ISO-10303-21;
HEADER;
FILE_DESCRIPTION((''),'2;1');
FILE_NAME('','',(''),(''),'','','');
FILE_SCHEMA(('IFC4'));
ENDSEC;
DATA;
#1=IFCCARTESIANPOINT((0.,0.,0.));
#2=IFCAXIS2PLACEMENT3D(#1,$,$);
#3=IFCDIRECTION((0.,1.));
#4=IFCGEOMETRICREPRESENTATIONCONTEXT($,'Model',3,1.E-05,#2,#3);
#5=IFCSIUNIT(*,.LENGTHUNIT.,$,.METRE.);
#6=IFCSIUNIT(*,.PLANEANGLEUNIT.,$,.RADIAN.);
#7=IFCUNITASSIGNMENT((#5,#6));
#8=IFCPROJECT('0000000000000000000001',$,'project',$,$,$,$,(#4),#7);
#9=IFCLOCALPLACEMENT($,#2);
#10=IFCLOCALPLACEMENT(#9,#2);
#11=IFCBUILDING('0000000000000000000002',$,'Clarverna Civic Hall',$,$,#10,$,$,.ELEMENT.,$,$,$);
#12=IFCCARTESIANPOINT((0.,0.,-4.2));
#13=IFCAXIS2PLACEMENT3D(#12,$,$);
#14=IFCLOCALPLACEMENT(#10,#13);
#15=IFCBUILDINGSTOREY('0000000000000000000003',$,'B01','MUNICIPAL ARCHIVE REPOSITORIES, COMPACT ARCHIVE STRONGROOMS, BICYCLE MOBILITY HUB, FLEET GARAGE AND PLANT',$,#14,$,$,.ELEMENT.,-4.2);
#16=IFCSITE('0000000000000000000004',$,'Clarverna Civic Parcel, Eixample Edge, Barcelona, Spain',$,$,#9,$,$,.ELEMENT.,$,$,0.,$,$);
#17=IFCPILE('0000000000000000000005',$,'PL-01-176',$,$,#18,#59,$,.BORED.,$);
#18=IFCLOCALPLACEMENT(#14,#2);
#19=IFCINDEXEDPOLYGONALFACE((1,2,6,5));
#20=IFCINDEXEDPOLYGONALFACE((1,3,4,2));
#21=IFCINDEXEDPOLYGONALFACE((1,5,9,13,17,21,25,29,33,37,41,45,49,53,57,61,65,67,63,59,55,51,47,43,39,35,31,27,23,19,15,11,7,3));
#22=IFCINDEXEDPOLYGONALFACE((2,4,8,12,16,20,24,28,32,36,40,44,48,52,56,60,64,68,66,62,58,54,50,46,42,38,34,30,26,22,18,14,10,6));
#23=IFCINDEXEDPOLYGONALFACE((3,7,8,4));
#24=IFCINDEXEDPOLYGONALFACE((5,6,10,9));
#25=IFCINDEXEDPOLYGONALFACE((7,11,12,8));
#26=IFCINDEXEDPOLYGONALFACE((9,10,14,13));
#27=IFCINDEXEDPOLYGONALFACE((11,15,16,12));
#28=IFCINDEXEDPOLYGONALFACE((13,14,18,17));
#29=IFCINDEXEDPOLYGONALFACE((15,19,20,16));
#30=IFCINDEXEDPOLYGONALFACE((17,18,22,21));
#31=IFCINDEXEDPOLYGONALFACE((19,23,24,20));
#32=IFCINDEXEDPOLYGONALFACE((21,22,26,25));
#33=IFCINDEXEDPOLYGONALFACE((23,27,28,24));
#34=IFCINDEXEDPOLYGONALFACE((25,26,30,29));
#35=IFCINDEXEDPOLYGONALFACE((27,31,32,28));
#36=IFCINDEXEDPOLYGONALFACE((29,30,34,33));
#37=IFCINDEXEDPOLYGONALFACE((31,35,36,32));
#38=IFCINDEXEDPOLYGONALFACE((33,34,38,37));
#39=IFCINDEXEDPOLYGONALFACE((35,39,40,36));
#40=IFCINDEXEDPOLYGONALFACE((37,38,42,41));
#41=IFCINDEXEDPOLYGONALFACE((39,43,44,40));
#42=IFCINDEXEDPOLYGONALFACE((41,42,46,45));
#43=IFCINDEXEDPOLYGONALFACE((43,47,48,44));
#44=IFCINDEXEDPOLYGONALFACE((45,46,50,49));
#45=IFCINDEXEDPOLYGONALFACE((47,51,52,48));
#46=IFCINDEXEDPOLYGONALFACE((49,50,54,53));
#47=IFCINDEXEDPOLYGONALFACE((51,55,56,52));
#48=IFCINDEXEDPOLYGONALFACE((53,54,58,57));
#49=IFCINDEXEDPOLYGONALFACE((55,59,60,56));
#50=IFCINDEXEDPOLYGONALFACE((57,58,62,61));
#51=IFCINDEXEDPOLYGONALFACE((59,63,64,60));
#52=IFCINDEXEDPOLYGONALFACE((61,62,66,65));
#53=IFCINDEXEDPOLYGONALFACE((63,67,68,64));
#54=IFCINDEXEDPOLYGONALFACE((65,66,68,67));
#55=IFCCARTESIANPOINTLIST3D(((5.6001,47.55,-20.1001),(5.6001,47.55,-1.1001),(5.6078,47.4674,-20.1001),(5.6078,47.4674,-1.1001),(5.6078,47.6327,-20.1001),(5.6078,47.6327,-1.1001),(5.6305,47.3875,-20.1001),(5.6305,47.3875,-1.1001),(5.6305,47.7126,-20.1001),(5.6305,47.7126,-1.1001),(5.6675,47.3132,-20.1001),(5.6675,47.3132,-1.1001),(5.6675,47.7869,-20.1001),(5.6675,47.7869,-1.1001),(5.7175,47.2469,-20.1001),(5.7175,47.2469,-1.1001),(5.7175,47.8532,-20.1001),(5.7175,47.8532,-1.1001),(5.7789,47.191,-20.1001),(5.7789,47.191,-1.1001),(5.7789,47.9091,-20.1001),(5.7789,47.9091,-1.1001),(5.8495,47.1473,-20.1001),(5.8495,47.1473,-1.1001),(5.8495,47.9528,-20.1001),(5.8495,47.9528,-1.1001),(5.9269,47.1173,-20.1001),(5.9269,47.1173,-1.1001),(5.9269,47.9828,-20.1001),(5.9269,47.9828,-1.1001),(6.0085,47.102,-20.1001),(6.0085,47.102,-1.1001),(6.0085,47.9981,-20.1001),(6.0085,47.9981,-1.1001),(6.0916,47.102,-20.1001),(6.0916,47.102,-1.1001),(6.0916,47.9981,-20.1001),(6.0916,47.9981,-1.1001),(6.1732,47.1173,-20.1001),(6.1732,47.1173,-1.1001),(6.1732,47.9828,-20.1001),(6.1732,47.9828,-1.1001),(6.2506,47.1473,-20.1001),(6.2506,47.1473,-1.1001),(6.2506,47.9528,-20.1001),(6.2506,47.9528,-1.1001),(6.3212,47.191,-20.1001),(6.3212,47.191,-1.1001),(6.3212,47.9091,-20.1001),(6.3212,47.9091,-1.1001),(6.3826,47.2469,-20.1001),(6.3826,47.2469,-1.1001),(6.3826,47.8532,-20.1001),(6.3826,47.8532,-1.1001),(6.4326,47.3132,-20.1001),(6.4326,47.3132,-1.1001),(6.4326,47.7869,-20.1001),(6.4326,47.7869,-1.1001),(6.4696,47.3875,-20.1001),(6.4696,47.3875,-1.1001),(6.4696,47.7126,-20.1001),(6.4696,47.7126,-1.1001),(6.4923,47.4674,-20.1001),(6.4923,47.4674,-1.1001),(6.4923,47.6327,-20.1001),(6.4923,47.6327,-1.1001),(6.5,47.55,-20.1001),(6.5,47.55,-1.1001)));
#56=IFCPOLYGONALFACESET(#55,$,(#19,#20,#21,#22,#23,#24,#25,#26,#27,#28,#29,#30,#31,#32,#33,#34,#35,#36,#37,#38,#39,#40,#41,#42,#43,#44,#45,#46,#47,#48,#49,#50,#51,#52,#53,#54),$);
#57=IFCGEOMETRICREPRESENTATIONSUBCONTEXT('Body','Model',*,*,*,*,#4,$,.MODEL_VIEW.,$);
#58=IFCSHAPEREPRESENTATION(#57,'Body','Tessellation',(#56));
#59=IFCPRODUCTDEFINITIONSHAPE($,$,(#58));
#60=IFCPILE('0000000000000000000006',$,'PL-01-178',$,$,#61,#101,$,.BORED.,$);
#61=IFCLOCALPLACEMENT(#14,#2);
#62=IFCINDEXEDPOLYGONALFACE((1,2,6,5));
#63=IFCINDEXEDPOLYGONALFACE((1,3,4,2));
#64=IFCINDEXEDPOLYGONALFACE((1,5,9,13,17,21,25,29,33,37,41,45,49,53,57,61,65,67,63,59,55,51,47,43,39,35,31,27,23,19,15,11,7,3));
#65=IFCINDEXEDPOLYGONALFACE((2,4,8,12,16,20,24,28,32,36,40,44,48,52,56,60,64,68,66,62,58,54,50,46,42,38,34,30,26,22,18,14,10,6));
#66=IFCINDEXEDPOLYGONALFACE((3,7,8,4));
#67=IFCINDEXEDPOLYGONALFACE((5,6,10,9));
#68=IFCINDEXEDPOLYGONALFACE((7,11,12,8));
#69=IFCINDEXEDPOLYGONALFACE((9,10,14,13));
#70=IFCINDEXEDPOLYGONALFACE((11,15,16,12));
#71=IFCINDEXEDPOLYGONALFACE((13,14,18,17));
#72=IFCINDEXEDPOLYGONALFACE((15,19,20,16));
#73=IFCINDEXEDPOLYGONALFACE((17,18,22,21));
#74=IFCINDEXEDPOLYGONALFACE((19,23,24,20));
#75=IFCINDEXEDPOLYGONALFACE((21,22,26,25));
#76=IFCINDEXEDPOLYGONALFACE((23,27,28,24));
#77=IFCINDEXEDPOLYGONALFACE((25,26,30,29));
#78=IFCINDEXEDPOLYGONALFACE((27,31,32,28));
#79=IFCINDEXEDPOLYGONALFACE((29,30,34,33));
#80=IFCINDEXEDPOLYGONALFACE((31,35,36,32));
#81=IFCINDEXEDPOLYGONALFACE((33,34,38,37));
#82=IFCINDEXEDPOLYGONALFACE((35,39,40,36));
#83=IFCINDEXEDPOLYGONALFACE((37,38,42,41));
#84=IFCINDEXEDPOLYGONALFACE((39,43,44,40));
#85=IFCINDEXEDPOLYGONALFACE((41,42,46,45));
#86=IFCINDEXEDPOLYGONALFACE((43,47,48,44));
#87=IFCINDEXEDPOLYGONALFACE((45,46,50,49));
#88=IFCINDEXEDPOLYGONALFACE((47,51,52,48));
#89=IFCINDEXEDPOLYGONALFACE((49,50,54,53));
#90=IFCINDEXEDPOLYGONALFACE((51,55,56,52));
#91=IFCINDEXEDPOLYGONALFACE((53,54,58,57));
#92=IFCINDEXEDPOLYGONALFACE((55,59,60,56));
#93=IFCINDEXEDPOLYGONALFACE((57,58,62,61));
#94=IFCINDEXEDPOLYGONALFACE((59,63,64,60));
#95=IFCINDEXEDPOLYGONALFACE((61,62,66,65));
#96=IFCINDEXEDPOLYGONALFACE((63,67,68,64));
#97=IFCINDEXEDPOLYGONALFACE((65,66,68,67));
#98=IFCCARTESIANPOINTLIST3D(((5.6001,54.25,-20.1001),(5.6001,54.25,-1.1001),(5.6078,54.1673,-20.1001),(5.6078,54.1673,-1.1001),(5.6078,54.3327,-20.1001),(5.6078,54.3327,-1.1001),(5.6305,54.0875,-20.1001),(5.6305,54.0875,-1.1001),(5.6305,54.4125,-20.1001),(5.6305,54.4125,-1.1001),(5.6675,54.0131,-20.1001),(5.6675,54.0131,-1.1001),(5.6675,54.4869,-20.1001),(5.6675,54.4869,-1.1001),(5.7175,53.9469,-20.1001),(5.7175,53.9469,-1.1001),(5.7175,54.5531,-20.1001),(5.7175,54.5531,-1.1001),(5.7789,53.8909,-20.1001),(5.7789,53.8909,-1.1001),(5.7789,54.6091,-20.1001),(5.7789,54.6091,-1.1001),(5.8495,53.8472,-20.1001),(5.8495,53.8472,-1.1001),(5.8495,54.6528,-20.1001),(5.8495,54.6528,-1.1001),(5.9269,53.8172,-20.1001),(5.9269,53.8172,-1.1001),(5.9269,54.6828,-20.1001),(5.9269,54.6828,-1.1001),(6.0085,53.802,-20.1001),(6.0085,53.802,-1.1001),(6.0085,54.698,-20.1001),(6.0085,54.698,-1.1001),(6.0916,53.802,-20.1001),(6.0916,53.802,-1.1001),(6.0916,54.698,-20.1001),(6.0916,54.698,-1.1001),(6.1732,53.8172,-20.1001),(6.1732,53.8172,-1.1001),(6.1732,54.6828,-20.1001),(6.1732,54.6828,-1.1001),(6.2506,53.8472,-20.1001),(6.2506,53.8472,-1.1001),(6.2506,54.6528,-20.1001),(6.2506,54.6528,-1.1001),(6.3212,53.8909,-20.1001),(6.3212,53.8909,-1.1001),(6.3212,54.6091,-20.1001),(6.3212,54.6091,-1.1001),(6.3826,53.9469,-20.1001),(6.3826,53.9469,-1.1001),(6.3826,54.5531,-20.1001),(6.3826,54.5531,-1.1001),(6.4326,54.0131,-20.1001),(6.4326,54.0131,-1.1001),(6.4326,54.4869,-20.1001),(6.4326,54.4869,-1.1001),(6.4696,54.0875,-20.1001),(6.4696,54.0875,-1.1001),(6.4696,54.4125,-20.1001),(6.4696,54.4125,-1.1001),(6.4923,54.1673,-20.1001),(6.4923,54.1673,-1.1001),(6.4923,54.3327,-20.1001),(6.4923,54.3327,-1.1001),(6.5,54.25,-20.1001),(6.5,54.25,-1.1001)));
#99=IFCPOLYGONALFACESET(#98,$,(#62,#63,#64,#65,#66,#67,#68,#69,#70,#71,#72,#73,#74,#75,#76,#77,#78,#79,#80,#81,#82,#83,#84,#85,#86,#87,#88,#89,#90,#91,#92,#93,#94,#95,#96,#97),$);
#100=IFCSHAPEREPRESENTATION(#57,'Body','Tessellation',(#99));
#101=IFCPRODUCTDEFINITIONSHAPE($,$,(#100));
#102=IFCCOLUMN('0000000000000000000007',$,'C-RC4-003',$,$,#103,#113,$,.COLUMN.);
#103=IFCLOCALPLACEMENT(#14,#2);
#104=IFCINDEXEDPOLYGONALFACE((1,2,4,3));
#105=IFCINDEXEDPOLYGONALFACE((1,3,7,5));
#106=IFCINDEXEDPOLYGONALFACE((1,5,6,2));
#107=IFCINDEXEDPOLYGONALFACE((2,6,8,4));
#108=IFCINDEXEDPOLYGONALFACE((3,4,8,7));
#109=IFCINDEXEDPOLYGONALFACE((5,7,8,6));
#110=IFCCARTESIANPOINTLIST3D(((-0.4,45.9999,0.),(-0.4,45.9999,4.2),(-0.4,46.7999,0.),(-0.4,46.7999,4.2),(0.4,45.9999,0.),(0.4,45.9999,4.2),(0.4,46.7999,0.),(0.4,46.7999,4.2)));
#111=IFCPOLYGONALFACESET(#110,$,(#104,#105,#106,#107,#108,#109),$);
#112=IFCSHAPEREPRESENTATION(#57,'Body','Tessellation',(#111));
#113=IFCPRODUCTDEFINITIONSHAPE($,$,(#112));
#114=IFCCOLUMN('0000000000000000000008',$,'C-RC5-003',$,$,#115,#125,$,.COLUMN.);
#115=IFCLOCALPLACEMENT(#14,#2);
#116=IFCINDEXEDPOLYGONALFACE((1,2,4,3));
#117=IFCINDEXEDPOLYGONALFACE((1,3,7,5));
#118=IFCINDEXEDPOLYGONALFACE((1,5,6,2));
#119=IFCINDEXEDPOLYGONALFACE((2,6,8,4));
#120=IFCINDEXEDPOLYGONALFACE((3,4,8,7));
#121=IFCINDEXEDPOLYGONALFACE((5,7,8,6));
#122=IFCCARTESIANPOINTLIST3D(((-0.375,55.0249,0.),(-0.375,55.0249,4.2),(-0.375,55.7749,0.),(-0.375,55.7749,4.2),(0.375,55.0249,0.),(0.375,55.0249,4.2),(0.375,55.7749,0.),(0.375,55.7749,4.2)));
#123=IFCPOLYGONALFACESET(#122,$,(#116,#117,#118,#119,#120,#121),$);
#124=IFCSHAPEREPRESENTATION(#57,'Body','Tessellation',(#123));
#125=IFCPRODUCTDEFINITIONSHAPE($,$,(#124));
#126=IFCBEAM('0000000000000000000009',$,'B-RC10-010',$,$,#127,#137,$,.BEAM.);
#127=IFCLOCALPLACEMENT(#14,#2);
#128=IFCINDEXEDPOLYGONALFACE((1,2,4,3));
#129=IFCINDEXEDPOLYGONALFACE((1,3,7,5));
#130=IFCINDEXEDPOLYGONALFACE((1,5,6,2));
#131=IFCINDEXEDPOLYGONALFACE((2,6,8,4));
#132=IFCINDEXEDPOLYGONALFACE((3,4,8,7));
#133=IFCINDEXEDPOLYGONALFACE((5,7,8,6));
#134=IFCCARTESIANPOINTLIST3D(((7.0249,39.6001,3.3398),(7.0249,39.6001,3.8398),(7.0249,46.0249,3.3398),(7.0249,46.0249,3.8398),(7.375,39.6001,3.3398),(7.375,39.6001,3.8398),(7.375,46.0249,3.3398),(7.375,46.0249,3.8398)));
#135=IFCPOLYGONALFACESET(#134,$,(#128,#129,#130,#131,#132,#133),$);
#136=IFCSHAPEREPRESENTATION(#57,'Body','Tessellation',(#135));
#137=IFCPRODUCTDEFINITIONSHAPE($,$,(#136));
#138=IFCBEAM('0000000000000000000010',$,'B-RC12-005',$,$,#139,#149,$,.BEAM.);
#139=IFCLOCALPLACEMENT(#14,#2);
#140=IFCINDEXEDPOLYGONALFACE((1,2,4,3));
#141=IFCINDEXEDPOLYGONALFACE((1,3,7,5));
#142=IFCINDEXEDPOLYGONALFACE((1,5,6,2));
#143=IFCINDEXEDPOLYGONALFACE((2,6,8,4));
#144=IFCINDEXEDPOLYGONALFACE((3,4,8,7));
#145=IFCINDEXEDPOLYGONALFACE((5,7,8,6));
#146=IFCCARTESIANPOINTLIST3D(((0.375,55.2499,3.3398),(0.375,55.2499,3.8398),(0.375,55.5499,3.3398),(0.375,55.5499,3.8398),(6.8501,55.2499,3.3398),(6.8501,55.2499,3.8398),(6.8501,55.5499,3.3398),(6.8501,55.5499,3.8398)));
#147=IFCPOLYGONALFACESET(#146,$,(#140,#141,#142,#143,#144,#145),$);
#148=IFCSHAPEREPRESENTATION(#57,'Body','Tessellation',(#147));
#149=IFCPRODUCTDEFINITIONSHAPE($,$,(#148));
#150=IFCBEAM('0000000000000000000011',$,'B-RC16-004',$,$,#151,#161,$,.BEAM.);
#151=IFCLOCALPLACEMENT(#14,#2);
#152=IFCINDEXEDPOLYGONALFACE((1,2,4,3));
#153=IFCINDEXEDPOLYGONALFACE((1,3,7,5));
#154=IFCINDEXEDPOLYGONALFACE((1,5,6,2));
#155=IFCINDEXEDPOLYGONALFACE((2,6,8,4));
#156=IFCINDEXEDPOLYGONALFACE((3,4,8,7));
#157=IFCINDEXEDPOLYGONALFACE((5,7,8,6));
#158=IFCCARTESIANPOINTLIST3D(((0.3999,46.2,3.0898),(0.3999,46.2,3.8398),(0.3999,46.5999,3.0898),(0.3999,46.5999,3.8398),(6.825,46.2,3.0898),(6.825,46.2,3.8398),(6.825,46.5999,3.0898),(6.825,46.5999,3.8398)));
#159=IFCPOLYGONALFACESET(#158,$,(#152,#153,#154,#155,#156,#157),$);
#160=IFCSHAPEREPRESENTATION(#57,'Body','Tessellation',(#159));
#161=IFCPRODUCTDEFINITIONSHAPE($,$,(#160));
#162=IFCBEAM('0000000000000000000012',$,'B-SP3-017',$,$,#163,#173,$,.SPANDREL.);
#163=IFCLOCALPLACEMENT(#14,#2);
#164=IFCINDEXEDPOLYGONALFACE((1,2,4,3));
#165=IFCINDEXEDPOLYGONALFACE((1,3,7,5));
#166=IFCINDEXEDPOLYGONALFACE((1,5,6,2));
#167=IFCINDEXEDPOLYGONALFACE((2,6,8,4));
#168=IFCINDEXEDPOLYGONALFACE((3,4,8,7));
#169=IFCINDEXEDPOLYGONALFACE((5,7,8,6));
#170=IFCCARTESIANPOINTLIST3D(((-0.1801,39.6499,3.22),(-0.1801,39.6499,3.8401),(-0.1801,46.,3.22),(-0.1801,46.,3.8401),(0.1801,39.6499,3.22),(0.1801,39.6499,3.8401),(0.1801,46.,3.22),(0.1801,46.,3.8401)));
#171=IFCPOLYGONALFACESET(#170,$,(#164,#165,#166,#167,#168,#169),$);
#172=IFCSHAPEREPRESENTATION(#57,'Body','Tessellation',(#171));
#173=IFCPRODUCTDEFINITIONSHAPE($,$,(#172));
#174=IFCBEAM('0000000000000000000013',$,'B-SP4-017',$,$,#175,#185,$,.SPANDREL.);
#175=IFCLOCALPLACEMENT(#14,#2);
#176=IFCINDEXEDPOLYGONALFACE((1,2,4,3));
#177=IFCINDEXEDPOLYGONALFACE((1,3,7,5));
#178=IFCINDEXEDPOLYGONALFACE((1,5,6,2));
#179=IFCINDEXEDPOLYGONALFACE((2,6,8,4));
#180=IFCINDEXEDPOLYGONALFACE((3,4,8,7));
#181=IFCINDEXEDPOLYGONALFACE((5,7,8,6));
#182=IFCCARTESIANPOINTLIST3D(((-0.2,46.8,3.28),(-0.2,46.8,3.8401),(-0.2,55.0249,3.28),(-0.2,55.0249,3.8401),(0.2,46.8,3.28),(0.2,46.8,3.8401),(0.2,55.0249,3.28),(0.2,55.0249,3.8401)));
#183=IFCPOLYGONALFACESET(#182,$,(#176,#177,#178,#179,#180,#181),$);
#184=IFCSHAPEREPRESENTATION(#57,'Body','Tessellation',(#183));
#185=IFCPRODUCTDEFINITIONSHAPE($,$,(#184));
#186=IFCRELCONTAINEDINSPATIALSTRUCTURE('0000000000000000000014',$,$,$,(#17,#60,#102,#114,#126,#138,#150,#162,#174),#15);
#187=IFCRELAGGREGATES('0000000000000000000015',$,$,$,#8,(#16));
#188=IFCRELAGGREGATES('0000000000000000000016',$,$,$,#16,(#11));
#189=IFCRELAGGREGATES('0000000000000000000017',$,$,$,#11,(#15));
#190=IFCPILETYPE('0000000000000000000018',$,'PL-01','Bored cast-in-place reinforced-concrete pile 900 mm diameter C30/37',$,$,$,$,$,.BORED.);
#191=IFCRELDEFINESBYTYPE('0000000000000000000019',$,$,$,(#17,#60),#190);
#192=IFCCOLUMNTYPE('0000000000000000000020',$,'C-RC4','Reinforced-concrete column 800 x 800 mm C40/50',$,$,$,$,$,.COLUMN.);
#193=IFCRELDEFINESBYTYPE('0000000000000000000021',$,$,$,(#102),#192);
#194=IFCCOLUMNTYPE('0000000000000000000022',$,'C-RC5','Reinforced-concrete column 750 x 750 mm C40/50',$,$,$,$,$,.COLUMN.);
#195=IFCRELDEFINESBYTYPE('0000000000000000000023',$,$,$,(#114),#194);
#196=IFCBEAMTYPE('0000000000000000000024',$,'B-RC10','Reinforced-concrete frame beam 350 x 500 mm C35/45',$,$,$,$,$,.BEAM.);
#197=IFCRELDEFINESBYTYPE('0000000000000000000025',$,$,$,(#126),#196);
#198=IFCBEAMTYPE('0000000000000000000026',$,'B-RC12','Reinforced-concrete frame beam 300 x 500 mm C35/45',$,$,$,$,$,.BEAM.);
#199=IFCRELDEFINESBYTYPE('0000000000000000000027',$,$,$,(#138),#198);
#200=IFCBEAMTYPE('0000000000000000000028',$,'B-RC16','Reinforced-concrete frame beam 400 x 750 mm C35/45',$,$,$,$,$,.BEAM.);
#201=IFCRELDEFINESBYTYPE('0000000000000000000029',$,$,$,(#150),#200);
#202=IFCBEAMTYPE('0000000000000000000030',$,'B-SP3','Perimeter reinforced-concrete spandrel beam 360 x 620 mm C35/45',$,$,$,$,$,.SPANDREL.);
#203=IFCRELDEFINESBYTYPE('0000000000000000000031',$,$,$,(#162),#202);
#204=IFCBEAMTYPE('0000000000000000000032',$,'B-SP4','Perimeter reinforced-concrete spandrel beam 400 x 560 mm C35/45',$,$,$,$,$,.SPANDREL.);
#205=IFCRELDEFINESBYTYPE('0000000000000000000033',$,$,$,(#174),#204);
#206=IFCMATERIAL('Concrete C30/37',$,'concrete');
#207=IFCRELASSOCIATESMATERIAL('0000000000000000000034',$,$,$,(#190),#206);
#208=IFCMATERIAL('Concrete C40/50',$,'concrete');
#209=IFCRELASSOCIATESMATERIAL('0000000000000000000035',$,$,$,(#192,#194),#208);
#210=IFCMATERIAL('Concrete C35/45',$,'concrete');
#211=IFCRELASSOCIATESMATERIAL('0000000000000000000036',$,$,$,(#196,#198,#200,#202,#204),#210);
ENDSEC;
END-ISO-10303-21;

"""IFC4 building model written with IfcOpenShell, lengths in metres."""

from ifc_helpers import new_model, si_unit, direction, frame, origin, origin_2d, place, context, subcontext, project, spatial, rectangle, circle, extrude, material, material_profile, profile_set, type_object, element, save


model = new_model("IFC4")

# Units and contexts
model_context = context("Model", 3, precision=1e-05, world=origin(), true_north=direction((0.0, 1.0)))
body_context = subcontext(model_context, "Body", "Model", "MODEL_VIEW")
ifc_project = project(units=[si_unit("LENGTHUNIT", "METRE"), si_unit("PLANEANGLEUNIT", "RADIAN")], contexts=[model_context])

# Site, building, storey
site_placement = place(None, origin())
site = spatial("IfcSite", under=ifc_project, at=site_placement, Name="Clarverna Civic Parcel, Eixample Edge, Barcelona, Spain", CompositionType="ELEMENT", RefElevation=0.0)
building_placement = place(site_placement, origin())
building = spatial("IfcBuilding", under=site, at=building_placement, Name="Clarverna Civic Hall", CompositionType="ELEMENT")
storey_placement = place(building_placement, frame((0.0, 0.0, -4.2)))
storey = spatial("IfcBuildingStorey", under=building, at=storey_placement, Name="B01", Description="MUNICIPAL ARCHIVE REPOSITORIES, COMPACT ARCHIVE STRONGROOMS, BICYCLE MOBILITY HUB, FLEET GARAGE AND PLANT", CompositionType="ELEMENT", Elevation=-4.2)

# Shared definitions
ifc_material_1 = material(Name="Concrete C30/37", Category="concrete")

# Piles
ifc_material_profile_1 = material_profile(ifc_material_1, circle(Radius=0.45, at=origin_2d()), Name="BORED PILE D900")
ifc_profile_set_1 = profile_set([ifc_material_profile_1], Name="Concrete C30/37")
pile_type = type_object("IfcPileType", Name="PL-01", Description="Bored cast-in-place reinforced-concrete pile 900 mm diameter C30/37", PredefinedType="BORED", material=ifc_profile_set_1)
for number, where, z_axis, x_axis, name in (
    (1, (6.05, 47.55, -1.1001), (0.0, 0.0, -1.0), (1.0, 0.0, 0.0), "PL-01-176"),
    (2, (6.05, 54.25, -1.1001), (0.0, 0.0, -1.0), (1.0, 0.0, 0.0), "PL-01-178"),
):
    element("IfcPile", number, at=place(storey_placement, frame(where, z_axis=z_axis, x_axis=x_axis)), inside=storey, type_object=pile_type, Name=name, PredefinedType="BORED", context=body_context, shape_type="SweptSolid", body=[
        extrude(circle(Radius=0.45, at=origin_2d()), origin(), (0.0, 0.0, 1.0), 19.0),
    ])

# Columns
ifc_material_2 = material(Name="Concrete C40/50", Category="concrete")
ifc_material_profile_2 = material_profile(ifc_material_2, rectangle(XDim=0.8, YDim=0.8, at=origin_2d()), Name="RC 800x800")
ifc_profile_set_2 = profile_set([ifc_material_profile_2], Name="Concrete C40/50")
column_type_1 = type_object("IfcColumnType", Name="C-RC4", Description="Reinforced-concrete column 800 x 800 mm C40/50", PredefinedType="COLUMN", material=ifc_profile_set_2)
column_1_placement = place(storey_placement, frame((0.0, 46.3999, 0.0), z_axis=(0.0, 0.0, 1.0), x_axis=(1.0, 0.0, 0.0)))
element("IfcColumn", 3, at=column_1_placement, inside=storey, type_object=column_type_1, Name="C-RC4-003", PredefinedType="COLUMN", context=body_context, shape_type="SweptSolid", body=[
    extrude(rectangle(XDim=0.8, YDim=0.8, at=origin_2d()), origin(), (0.0, 0.0, 1.0), 4.2),
])
ifc_material_profile_3 = material_profile(ifc_material_2, rectangle(XDim=0.75, YDim=0.75, at=origin_2d()), Name="RC 750x750")
ifc_profile_set_3 = profile_set([ifc_material_profile_3], Name="Concrete C40/50")
column_type_2 = type_object("IfcColumnType", Name="C-RC5", Description="Reinforced-concrete column 750 x 750 mm C40/50", PredefinedType="COLUMN", material=ifc_profile_set_3)
column_2_placement = place(storey_placement, frame((0.0, 55.3999, 0.0), z_axis=(0.0, 0.0, 1.0), x_axis=(1.0, 0.0, 0.0)))
element("IfcColumn", 4, at=column_2_placement, inside=storey, type_object=column_type_2, Name="C-RC5-003", PredefinedType="COLUMN", context=body_context, shape_type="SweptSolid", body=[
    extrude(rectangle(XDim=0.75, YDim=0.75, at=origin_2d()), origin(), (0.0, 0.0, 1.0), 4.2),
])

# Beams
ifc_material_3 = material(Name="Concrete C35/45", Category="concrete")
ifc_material_profile_4 = material_profile(ifc_material_3, rectangle(XDim=0.3501, YDim=0.5, at=origin_2d()), Name="RC 350x500")
ifc_profile_set_4 = profile_set([ifc_material_profile_4], Name="Concrete C35/45")
beam_type_1 = type_object("IfcBeamType", Name="B-RC10", Description="Reinforced-concrete frame beam 350 x 500 mm C35/45", PredefinedType="BEAM", material=ifc_profile_set_4)
beam_1_placement = place(storey_placement, frame((7.2, 39.6001, 3.5898), z_axis=(0.0, 1.0, 0.0), x_axis=(-1.0, 0.0, 0.0)))
element("IfcBeam", 5, at=beam_1_placement, inside=storey, type_object=beam_type_1, Name="B-RC10-010", PredefinedType="BEAM", context=body_context, shape_type="SweptSolid", body=[
    extrude(rectangle(XDim=0.3501, YDim=0.5, at=origin_2d()), origin(), (0.0, 0.0, 1.0), 6.4248),
])
ifc_material_profile_5 = material_profile(ifc_material_3, rectangle(XDim=0.3, YDim=0.5, at=origin_2d()), Name="RC 300x500")
ifc_profile_set_5 = profile_set([ifc_material_profile_5], Name="Concrete C35/45")
beam_type_2 = type_object("IfcBeamType", Name="B-RC12", Description="Reinforced-concrete frame beam 300 x 500 mm C35/45", PredefinedType="BEAM", material=ifc_profile_set_5)
beam_2_placement = place(storey_placement, frame((0.375, 55.3999, 3.5898), z_axis=(1.0, 0.0, 0.0), x_axis=(0.0, 1.0, 0.0)))
element("IfcBeam", 6, at=beam_2_placement, inside=storey, type_object=beam_type_2, Name="B-RC12-005", PredefinedType="BEAM", context=body_context, shape_type="SweptSolid", body=[
    extrude(rectangle(XDim=0.3, YDim=0.5, at=origin_2d()), origin(), (0.0, 0.0, 1.0), 6.4751),
])
ifc_material_profile_6 = material_profile(ifc_material_3, rectangle(XDim=0.3999, YDim=0.75, at=origin_2d()), Name="RC 400x750")
ifc_profile_set_6 = profile_set([ifc_material_profile_6], Name="Concrete C35/45")
beam_type_3 = type_object("IfcBeamType", Name="B-RC16", Description="Reinforced-concrete frame beam 400 x 750 mm C35/45", PredefinedType="BEAM", material=ifc_profile_set_6)
beam_3_placement = place(storey_placement, frame((0.3999, 46.3999, 3.4648), z_axis=(1.0, 0.0, 0.0), x_axis=(0.0, 1.0, 0.0)))
element("IfcBeam", 7, at=beam_3_placement, inside=storey, type_object=beam_type_3, Name="B-RC16-004", PredefinedType="BEAM", context=body_context, shape_type="SweptSolid", body=[
    extrude(rectangle(XDim=0.3999, YDim=0.75, at=origin_2d()), origin(), (0.0, 0.0, 1.0), 6.425),
])
ifc_material_profile_7 = material_profile(ifc_material_3, rectangle(XDim=0.3601, YDim=0.6201, at=origin_2d()), Name="RC 360x620")
ifc_profile_set_7 = profile_set([ifc_material_profile_7], Name="Concrete C35/45")
beam_type_4 = type_object("IfcBeamType", Name="B-SP3", Description="Perimeter reinforced-concrete spandrel beam 360 x 620 mm C35/45", PredefinedType="SPANDREL", material=ifc_profile_set_7)
beam_4_placement = place(storey_placement, frame((0.0, 39.6499, 3.53), z_axis=(0.0, 1.0, 0.0), x_axis=(-1.0, 0.0, 0.0)))
element("IfcBeam", 8, at=beam_4_placement, inside=storey, type_object=beam_type_4, Name="B-SP3-017", PredefinedType="SPANDREL", context=body_context, shape_type="SweptSolid", body=[
    extrude(rectangle(XDim=0.3601, YDim=0.6201, at=origin_2d()), origin(), (0.0, 0.0, 1.0), 6.3501),
])
ifc_material_profile_8 = material_profile(ifc_material_3, rectangle(XDim=0.3999, YDim=0.5601, at=origin_2d()), Name="RC 400x560")
ifc_profile_set_8 = profile_set([ifc_material_profile_8], Name="Concrete C35/45")
beam_type_5 = type_object("IfcBeamType", Name="B-SP4", Description="Perimeter reinforced-concrete spandrel beam 400 x 560 mm C35/45", PredefinedType="SPANDREL", material=ifc_profile_set_8)
beam_5_placement = place(storey_placement, frame((0.0, 46.8, 3.5601), z_axis=(0.0, 1.0, 0.0), x_axis=(-1.0, 0.0, 0.0)))
element("IfcBeam", 9, at=beam_5_placement, inside=storey, type_object=beam_type_5, Name="B-SP4-017", PredefinedType="SPANDREL", context=body_context, shape_type="SweptSolid", body=[
    extrude(rectangle(XDim=0.3999, YDim=0.5601, at=origin_2d()), origin(), (0.0, 0.0, 1.0), 8.2249),
])

save(model, "model.ifc")
